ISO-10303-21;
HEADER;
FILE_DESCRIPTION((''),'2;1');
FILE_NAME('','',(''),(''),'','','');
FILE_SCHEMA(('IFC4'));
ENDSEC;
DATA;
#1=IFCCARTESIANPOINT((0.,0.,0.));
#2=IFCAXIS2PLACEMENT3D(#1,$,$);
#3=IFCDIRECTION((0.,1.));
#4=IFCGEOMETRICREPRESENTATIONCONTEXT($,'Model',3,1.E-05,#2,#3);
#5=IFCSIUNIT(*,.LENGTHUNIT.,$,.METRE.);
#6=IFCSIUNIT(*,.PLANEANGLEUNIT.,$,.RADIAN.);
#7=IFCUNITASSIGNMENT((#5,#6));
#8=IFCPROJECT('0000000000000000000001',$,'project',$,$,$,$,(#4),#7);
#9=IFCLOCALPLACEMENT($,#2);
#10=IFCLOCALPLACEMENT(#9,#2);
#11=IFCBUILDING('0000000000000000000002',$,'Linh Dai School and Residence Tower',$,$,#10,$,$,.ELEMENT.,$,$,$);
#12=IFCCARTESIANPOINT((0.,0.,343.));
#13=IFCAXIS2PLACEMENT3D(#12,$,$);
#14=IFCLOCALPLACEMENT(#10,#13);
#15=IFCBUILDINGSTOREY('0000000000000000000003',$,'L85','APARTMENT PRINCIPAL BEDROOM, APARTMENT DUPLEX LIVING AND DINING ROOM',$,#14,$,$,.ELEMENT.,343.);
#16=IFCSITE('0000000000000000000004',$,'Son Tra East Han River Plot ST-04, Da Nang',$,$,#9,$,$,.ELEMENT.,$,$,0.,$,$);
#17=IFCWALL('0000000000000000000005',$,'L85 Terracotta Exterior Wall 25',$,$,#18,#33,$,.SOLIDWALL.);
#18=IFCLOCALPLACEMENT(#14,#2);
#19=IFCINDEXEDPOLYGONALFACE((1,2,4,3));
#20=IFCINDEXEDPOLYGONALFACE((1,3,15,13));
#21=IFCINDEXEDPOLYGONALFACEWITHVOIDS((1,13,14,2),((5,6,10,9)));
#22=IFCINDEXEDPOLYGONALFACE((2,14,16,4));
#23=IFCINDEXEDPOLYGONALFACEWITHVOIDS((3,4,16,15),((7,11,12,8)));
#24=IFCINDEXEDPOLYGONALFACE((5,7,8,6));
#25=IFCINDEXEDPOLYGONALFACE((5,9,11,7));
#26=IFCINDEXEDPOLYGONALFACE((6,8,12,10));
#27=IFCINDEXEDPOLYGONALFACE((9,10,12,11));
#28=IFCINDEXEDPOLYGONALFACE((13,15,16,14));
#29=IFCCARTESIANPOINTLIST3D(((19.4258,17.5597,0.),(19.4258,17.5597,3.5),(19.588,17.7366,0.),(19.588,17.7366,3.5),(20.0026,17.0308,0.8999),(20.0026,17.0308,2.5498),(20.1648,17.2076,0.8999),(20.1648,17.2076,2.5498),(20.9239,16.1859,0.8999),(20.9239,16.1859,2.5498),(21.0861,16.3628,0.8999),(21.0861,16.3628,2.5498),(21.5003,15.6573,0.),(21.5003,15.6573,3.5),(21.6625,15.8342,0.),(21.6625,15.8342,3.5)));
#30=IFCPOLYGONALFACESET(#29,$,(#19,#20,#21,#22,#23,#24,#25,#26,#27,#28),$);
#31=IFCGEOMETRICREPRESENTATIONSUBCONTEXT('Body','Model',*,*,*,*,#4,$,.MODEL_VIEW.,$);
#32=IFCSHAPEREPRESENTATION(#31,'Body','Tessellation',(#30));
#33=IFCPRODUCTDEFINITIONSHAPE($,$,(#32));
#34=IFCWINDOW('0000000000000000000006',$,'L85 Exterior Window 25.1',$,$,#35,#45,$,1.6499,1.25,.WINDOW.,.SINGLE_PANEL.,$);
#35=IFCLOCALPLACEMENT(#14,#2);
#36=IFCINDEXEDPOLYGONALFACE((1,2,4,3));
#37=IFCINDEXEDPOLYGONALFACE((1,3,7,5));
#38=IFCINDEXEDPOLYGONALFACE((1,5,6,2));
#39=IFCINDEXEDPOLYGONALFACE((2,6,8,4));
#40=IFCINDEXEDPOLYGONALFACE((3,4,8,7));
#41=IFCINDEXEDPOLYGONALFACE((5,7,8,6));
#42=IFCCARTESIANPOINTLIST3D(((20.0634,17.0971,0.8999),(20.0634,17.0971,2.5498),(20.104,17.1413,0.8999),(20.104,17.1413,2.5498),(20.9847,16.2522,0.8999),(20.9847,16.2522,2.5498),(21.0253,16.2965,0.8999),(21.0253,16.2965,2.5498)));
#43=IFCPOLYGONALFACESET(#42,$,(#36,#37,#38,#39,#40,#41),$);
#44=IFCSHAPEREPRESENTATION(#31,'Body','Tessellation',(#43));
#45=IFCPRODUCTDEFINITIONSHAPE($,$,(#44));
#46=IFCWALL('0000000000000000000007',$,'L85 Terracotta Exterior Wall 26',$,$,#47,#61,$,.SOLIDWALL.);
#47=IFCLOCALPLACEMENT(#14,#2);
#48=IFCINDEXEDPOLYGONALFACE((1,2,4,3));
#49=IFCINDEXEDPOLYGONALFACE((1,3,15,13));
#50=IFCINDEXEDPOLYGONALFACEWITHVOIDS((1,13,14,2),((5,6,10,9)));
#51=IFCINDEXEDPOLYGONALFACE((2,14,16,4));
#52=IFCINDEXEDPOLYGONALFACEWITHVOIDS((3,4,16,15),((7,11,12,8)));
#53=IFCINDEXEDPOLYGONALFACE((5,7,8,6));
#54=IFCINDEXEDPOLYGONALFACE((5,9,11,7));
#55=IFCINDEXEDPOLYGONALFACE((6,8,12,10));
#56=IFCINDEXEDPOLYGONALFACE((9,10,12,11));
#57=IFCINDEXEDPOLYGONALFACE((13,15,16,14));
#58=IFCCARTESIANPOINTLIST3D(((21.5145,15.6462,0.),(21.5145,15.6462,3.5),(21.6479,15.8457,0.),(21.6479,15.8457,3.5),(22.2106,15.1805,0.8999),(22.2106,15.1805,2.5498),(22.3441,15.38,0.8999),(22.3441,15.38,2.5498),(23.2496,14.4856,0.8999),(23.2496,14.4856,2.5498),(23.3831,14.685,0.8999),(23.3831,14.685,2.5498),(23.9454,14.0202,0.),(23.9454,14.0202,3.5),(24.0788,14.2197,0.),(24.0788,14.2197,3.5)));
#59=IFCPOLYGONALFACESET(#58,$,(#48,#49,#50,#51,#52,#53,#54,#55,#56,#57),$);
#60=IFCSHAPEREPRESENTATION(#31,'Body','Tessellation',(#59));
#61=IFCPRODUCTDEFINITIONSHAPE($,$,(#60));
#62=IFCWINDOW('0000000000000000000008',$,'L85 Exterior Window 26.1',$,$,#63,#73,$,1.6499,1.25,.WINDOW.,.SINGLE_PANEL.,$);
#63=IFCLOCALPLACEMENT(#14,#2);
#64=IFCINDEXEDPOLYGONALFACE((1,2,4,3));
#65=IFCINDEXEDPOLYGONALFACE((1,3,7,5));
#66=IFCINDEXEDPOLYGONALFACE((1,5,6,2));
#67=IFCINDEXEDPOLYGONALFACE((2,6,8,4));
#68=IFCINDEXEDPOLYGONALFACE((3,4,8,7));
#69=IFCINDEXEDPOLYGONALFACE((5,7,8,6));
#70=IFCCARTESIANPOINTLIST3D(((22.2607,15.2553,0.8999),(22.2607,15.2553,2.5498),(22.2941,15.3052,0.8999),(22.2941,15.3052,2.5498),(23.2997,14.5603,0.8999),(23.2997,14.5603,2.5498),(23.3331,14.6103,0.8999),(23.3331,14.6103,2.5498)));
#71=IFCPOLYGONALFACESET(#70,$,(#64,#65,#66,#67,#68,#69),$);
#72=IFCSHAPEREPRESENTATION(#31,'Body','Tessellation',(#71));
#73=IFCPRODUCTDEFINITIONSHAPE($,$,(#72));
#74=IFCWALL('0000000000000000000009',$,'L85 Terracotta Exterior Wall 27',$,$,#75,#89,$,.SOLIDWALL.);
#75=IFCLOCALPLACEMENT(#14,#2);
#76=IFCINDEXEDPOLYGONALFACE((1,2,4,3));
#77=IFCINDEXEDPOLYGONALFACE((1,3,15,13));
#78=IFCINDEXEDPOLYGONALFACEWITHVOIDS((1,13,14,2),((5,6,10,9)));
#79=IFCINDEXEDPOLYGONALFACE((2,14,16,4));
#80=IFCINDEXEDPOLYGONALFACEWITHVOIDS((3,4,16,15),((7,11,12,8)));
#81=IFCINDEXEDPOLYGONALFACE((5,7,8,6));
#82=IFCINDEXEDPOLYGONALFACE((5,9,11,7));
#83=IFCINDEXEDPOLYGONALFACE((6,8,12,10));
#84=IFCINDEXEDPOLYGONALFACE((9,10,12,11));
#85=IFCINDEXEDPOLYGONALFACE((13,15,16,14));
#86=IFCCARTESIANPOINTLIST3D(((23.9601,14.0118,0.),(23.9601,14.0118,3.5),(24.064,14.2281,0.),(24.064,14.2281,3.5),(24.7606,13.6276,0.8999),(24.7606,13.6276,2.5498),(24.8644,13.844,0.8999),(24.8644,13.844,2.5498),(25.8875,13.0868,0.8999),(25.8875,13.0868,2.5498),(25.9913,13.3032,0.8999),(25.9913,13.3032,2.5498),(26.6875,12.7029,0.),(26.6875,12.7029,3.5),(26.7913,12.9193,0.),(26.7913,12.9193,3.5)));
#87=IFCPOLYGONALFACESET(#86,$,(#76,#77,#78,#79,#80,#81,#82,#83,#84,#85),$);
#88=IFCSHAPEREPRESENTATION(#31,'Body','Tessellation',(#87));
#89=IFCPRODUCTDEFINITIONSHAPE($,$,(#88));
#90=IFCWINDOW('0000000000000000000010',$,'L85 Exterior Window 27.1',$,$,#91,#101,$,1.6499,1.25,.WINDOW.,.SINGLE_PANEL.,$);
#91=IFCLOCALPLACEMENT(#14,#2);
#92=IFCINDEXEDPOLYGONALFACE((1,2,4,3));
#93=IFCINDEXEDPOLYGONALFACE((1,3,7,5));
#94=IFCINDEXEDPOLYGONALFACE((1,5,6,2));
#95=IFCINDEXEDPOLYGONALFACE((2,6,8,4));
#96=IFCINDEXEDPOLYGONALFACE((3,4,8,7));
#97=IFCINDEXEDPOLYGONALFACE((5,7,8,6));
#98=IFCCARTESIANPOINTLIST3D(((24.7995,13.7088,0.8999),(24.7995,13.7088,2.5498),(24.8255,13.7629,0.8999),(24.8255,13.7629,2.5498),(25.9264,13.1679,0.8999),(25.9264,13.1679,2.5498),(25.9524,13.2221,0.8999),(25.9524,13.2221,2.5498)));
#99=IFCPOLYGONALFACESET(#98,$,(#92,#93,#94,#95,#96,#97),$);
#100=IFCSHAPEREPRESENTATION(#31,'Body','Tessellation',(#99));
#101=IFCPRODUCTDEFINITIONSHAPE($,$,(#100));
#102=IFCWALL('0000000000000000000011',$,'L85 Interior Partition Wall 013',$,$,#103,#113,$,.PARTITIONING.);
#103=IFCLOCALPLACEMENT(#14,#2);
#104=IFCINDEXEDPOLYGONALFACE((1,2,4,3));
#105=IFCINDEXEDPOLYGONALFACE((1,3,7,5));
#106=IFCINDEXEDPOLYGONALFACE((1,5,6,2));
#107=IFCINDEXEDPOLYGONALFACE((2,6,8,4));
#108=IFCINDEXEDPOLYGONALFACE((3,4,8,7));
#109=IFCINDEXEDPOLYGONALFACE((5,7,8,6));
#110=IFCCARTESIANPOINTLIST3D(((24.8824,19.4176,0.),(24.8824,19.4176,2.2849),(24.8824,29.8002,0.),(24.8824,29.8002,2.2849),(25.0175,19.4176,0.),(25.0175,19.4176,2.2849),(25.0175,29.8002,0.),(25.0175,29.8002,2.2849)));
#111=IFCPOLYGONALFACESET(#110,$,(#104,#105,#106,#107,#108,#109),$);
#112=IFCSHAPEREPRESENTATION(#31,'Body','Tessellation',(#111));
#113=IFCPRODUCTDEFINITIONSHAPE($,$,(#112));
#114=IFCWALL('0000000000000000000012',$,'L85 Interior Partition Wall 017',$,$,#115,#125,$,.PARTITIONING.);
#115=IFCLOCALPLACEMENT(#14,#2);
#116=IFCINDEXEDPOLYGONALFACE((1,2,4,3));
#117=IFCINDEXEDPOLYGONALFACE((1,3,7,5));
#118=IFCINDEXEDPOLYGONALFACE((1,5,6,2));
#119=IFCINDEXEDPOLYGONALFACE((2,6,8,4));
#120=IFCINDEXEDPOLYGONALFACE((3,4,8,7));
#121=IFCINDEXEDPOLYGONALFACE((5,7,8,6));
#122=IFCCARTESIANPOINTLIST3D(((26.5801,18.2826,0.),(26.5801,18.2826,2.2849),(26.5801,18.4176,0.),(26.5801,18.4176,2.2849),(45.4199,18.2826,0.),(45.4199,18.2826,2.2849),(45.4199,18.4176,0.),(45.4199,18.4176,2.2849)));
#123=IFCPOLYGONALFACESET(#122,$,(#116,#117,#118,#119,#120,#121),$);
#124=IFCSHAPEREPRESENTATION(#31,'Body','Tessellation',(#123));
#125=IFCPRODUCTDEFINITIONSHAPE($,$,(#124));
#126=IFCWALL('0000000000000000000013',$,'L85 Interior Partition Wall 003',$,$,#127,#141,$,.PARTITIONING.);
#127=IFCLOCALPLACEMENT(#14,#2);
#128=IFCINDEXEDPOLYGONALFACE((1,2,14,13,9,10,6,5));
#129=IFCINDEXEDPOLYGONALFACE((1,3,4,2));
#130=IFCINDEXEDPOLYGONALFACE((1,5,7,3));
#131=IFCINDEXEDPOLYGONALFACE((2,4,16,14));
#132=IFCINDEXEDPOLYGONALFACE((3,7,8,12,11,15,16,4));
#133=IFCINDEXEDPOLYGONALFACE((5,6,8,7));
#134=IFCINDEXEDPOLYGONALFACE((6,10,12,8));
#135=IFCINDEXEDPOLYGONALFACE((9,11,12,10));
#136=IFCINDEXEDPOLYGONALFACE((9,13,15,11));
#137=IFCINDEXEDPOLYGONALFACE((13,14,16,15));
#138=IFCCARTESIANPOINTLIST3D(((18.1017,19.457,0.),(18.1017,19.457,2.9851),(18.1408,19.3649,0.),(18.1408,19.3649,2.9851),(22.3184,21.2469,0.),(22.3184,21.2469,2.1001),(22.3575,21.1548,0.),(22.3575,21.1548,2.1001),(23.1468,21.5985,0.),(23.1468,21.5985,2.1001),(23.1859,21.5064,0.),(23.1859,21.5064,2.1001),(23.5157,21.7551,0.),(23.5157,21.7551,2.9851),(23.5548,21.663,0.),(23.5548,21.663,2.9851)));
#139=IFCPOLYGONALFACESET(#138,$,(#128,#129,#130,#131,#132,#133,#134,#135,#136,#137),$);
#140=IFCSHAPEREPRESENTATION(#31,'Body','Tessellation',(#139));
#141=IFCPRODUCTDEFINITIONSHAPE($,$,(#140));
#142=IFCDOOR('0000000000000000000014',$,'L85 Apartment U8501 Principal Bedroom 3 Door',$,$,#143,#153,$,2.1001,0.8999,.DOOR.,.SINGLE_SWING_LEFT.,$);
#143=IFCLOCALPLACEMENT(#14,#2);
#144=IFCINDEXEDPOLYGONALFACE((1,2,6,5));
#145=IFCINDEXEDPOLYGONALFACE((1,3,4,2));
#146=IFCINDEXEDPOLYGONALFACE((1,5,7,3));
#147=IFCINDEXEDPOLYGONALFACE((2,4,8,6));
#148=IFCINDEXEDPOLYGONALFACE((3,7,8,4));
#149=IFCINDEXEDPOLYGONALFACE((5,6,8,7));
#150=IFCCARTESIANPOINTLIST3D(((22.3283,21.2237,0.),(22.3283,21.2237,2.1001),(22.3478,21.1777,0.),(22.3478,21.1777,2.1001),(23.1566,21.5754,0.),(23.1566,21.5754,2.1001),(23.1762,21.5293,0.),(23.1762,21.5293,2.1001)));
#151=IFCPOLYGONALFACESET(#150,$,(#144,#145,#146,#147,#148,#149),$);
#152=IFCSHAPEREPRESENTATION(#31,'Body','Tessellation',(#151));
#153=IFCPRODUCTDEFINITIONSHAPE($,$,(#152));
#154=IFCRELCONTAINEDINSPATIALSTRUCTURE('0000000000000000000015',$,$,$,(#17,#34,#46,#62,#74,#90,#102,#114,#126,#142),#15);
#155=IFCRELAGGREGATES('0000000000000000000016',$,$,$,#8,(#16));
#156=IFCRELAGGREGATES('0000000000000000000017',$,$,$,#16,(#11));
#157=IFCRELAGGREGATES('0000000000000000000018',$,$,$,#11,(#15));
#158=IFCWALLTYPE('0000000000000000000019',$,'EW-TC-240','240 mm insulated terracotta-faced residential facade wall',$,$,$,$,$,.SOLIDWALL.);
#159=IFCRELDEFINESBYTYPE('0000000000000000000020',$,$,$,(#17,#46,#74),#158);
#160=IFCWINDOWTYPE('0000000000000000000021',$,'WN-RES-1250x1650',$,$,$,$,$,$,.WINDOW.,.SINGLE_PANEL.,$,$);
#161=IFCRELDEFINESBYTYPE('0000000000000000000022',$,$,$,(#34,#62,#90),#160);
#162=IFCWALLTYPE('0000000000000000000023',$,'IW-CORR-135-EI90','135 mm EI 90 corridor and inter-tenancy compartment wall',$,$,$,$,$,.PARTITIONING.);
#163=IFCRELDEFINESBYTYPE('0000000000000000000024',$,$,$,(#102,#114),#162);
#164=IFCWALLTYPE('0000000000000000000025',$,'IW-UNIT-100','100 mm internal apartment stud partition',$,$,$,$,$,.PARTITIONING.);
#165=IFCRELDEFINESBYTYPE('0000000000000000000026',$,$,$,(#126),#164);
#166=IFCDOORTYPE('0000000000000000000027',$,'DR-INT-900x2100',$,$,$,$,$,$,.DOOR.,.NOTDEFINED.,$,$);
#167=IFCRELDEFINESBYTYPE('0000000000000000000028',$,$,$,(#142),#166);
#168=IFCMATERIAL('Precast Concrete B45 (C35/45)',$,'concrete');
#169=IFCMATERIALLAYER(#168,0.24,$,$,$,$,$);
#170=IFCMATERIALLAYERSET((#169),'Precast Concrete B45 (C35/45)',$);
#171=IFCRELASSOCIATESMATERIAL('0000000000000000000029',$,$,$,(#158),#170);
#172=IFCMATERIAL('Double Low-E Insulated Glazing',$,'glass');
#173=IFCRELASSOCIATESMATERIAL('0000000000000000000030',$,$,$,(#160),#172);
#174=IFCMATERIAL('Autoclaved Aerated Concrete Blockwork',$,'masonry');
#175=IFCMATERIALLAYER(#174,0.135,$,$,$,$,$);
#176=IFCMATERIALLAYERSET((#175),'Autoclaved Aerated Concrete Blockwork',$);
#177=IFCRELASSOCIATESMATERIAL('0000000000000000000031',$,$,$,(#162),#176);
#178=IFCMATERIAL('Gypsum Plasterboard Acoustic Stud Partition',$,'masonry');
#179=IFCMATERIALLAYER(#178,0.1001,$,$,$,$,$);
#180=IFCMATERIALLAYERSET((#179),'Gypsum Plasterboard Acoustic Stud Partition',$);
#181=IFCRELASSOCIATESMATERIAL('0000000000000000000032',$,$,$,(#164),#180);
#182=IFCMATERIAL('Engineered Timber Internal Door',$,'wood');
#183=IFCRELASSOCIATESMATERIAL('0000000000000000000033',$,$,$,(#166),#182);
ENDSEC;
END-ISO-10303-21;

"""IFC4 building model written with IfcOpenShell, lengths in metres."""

from ifc_helpers import new_model, si_unit, direction, frame, frame_2d, origin, origin_2d, place, context, subcontext, project, spatial, rectangle, extrude, source, transform, mapped, material, layer, layer_set, type_object, element, fill, save


model = new_model("IFC4")

# Units and contexts
model_context = context("Model", 3, precision=1e-05, world=origin(), true_north=direction((0.0, 1.0)))
body_context = subcontext(model_context, "Body", "Model", "MODEL_VIEW")
ifc_project = project(units=[si_unit("LENGTHUNIT", "METRE"), si_unit("PLANEANGLEUNIT", "RADIAN")], contexts=[model_context])

# Site, building, storey
site_placement = place(None, origin())
site = spatial("IfcSite", under=ifc_project, at=site_placement, Name="Son Tra East Han River Plot ST-04, Da Nang", CompositionType="ELEMENT", RefElevation=0.0)
building_placement = place(site_placement, origin())
building = spatial("IfcBuilding", under=site, at=building_placement, Name="Linh Dai School and Residence Tower", CompositionType="ELEMENT")
storey_placement = place(building_placement, frame((0.0, 0.0, 343.0)))
storey = spatial("IfcBuildingStorey", under=building, at=storey_placement, Name="L85", Description="APARTMENT PRINCIPAL BEDROOM, APARTMENT DUPLEX LIVING AND DINING ROOM", CompositionType="ELEMENT", Elevation=343.0)

# Shared definitions
ifc_material_1 = material(Name="Precast Concrete B45 (C35/45)", Category="concrete")

# Shared definitions
ifc_layer_1 = layer(ifc_material_1, 0.24)
ifc_layer_set_1 = layer_set([ifc_layer_1], Name="Precast Concrete B45 (C35/45)")
wall_type_1 = type_object("IfcWallType", Name="EW-TC-240", Description="240 mm insulated terracotta-faced residential facade wall", PredefinedType="SOLIDWALL", material=ifc_layer_set_1)

# Walls, openings, windows
wall_1_placement = place(storey_placement, frame((21.5813, 15.7458, 0.0), z_axis=(0.0, 0.0, 1.0), x_axis=(-0.737021, 0.67587, 0.0)))
wall_1 = element("IfcWall", 1, at=wall_1_placement, inside=storey, type_object=wall_type_1, Name="L85 Terracotta Exterior Wall 25", PredefinedType="SOLIDWALL", context=body_context, shape_type="SweptSolid", body=[
    extrude(rectangle(XDim=2.8147, YDim=0.24, at=frame_2d((1.4072, 0.0))), origin(), (0.0, 0.0, 1.0), 3.5),
])
opening_1_placement = place(wall_1_placement, frame((0.782, 0.0, 0.8999)))
opening_1 = element("IfcOpeningElement", 2, at=opening_1_placement, cuts=wall_1, PredefinedType="OPENING", context=body_context, shape_type="SweptSolid", body=[
    extrude(rectangle(XDim=1.25, YDim=1.6499, at=origin_2d()), frame((0.625, 0.1299, 0.825), z_axis=(0.0, -1.0, 0.0), x_axis=(1.0, 0.0, 0.0)), (0.0, 0.0, 1.0), 0.26),
])
ifc_material_2 = material(Name="Double Low-E Insulated Glazing", Category="glass")
window_type = type_object("IfcWindowType", Name="WN-RES-1250x1650", PartitioningType="SINGLE_PANEL", PredefinedType="WINDOW", material=ifc_material_2)
shared_shape_1 = source(origin(), body_context, "Body", "SweptSolid", [
    extrude(rectangle(XDim=1.25, YDim=1.6499, at=origin_2d()), frame((0.625, 0.03, 0.825), z_axis=(0.0, -1.0, 0.0), x_axis=(1.0, 0.0, 0.0)), (0.0, 0.0, 1.0), 0.0601),
])
window_1_placement = place(opening_1_placement, origin())
window_1 = element("IfcWindow", 3, at=window_1_placement, inside=storey, type_object=window_type, Name="L85 Exterior Window 25.1", OverallHeight=1.6499, OverallWidth=1.25, PartitioningType="SINGLE_PANEL", PredefinedType="WINDOW", context=body_context, shape_type="MappedRepresentation", body=[
    mapped(shared_shape_1, transform((0.0, 0.0, 0.0), x_axis=(1.0, 0.0, 0.0), y_axis=(0.0, 1.0, 0.0), z_axis=(0.0, 0.0, 1.0), scale=1.0)),
])
fill(opening_1, window_1)
wall_2_placement = place(storey_placement, frame((24.0122, 14.1199, 0.0), z_axis=(0.0, 0.0, 1.0), x_axis=(-0.831202, 0.555971, 0.0)))
wall_2 = element("IfcWall", 4, at=wall_2_placement, inside=storey, type_object=wall_type_1, Name="L85 Terracotta Exterior Wall 26", PredefinedType="SOLIDWALL", context=body_context, shape_type="SweptSolid", body=[
    extrude(rectangle(XDim=2.9246, YDim=0.24, at=frame_2d((1.4624, 0.0))), origin(), (0.0, 0.0, 1.0), 3.5),
])
opening_2_placement = place(wall_2_placement, frame((0.8372, 0.0, 0.8999)))
opening_2 = element("IfcOpeningElement", 5, at=opening_2_placement, cuts=wall_2, PredefinedType="OPENING", context=body_context, shape_type="SweptSolid", body=[
    extrude(rectangle(XDim=1.25, YDim=1.6499, at=origin_2d()), frame((0.625, 0.1299, 0.825), z_axis=(0.0, -1.0, 0.0), x_axis=(1.0, 0.0, 0.0)), (0.0, 0.0, 1.0), 0.26),
])
window_2_placement = place(opening_2_placement, origin())
window_2 = element("IfcWindow", 6, at=window_2_placement, inside=storey, type_object=window_type, Name="L85 Exterior Window 26.1", OverallHeight=1.6499, OverallWidth=1.25, PartitioningType="SINGLE_PANEL", PredefinedType="WINDOW", context=body_context, shape_type="MappedRepresentation", body=[
    mapped(shared_shape_1, transform((0.0, 0.0, 0.0), x_axis=(1.0, 0.0, 0.0), y_axis=(0.0, 1.0, 0.0), z_axis=(0.0, 0.0, 1.0), scale=1.0)),
])
fill(opening_2, window_2)
wall_3_placement = place(storey_placement, frame((26.7395, 12.811, 0.0), z_axis=(0.0, 0.0, 1.0), x_axis=(-0.901557, 0.43266, 0.0)))
wall_3 = element("IfcWall", 7, at=wall_3_placement, inside=storey, type_object=wall_type_1, Name="L85 Terracotta Exterior Wall 27", PredefinedType="SOLIDWALL", context=body_context, shape_type="SweptSolid", body=[
    extrude(rectangle(XDim=3.0251, YDim=0.24, at=frame_2d((1.5127, 0.0))), origin(), (0.0, 0.0, 1.0), 3.5),
])
opening_3_placement = place(wall_3_placement, frame((0.8875, 0.0, 0.8999)))
opening_3 = element("IfcOpeningElement", 8, at=opening_3_placement, cuts=wall_3, PredefinedType="OPENING", context=body_context, shape_type="SweptSolid", body=[
    extrude(rectangle(XDim=1.25, YDim=1.6499, at=origin_2d()), frame((0.625, 0.1299, 0.825), z_axis=(0.0, -1.0, 0.0), x_axis=(1.0, 0.0, 0.0)), (0.0, 0.0, 1.0), 0.26),
])
window_3_placement = place(opening_3_placement, origin())
window_3 = element("IfcWindow", 9, at=window_3_placement, inside=storey, type_object=window_type, Name="L85 Exterior Window 27.1", OverallHeight=1.6499, OverallWidth=1.25, PartitioningType="SINGLE_PANEL", PredefinedType="WINDOW", context=body_context, shape_type="MappedRepresentation", body=[
    mapped(shared_shape_1, transform((0.0, 0.0, 0.0), x_axis=(1.0, 0.0, 0.0), y_axis=(0.0, 1.0, 0.0), z_axis=(0.0, 0.0, 1.0), scale=1.0)),
])
fill(opening_3, window_3)

# Walls
ifc_material_3 = material(Name="Autoclaved Aerated Concrete Blockwork", Category="masonry")
ifc_layer_2 = layer(ifc_material_3, 0.135)
ifc_layer_set_2 = layer_set([ifc_layer_2], Name="Autoclaved Aerated Concrete Blockwork")
wall_type_2 = type_object("IfcWallType", Name="IW-CORR-135-EI90", Description="135 mm EI 90 corridor and inter-tenancy compartment wall", PredefinedType="PARTITIONING", material=ifc_layer_set_2)
wall_4_placement = place(storey_placement, frame((24.95, 19.4175, 0.0), z_axis=(0.0, 0.0, 1.0), x_axis=(0.0, 1.0, 0.0)))
element("IfcWall", 10, at=wall_4_placement, inside=storey, type_object=wall_type_2, Name="L85 Interior Partition Wall 013", PredefinedType="PARTITIONING", context=body_context, shape_type="SweptSolid", body=[
    extrude(rectangle(XDim=10.3826, YDim=0.135, at=frame_2d((5.1914, 0.0))), origin(), (0.0, 0.0, 1.0), 2.2849),
])
wall_5_placement = place(storey_placement, frame((26.5801, 18.3501, 0.0), z_axis=(0.0, 0.0, 1.0), x_axis=(1.0, 0.0, 0.0)))
element("IfcWall", 11, at=wall_5_placement, inside=storey, type_object=wall_type_2, Name="L85 Interior Partition Wall 017", PredefinedType="PARTITIONING", context=body_context, shape_type="SweptSolid", body=[
    extrude(rectangle(XDim=18.8398, YDim=0.135, at=frame_2d((9.4199, 0.0))), origin(), (0.0, 0.0, 1.0), 2.2849),
])

# Wall, opening, door
ifc_material_4 = material(Name="Gypsum Plasterboard Acoustic Stud Partition", Category="masonry")
ifc_layer_3 = layer(ifc_material_4, 0.1001)
ifc_layer_set_3 = layer_set([ifc_layer_3], Name="Gypsum Plasterboard Acoustic Stud Partition")
wall_type_3 = type_object("IfcWallType", Name="IW-UNIT-100", Description="100 mm internal apartment stud partition", PredefinedType="PARTITIONING", material=ifc_layer_set_3)
wall_6_placement = place(storey_placement, frame((18.1211, 19.4109, 0.0), z_axis=(0.0, 0.0, 1.0), x_axis=(0.920507, 0.390726, 0.0)))
wall_6 = element("IfcWall", 12, at=wall_6_placement, inside=storey, type_object=wall_type_3, Name="L85 Interior Partition Wall 003", PredefinedType="PARTITIONING", context=body_context, shape_type="SweptSolid", body=[
    extrude(rectangle(XDim=5.8816, YDim=0.1001, at=frame_2d((2.9409, 0.0))), origin(), (0.0, 0.0, 1.0), 2.9851),
])
opening_4_placement = place(wall_6_placement, frame((4.5811, 0.0, 0.0)))
opening_4 = element("IfcOpeningElement", 13, at=opening_4_placement, cuts=wall_6, PredefinedType="OPENING", context=body_context, shape_type="SweptSolid", body=[
    extrude(rectangle(XDim=0.8999, YDim=2.1001, at=origin_2d()), frame((0.45, 0.0601, 1.05), z_axis=(0.0, -1.0, 0.0), x_axis=(1.0, 0.0, 0.0)), (0.0, 0.0, 1.0), 0.1201),
])
ifc_material_5 = material(Name="Engineered Timber Internal Door", Category="wood")
door_type = type_object("IfcDoorType", Name="DR-INT-900x2100", OperationType="NOTDEFINED", PredefinedType="DOOR", material=ifc_material_5)
shared_shape_2 = source(origin(), body_context, "Body", "SweptSolid", [
    extrude(rectangle(XDim=0.8999, YDim=2.1001, at=origin_2d()), frame((0.45, 0.0249, 1.05), z_axis=(0.0, -1.0, 0.0), x_axis=(1.0, 0.0, 0.0)), (0.0, 0.0, 1.0), 0.05),
])
door_placement = place(opening_4_placement, origin())
door = element("IfcDoor", 14, at=door_placement, inside=storey, type_object=door_type, Name="L85 Apartment U8501 Principal Bedroom 3 Door", OperationType="SINGLE_SWING_LEFT", OverallHeight=2.1001, OverallWidth=0.8999, PredefinedType="DOOR", context=body_context, shape_type="MappedRepresentation", body=[
    mapped(shared_shape_2, transform((0.0, 0.0, 0.0), x_axis=(1.0, 0.0, 0.0), y_axis=(0.0, 1.0, 0.0), z_axis=(0.0, 0.0, 1.0), scale=1.0)),
])
fill(opening_4, door)

save(model, "model.ifc")
